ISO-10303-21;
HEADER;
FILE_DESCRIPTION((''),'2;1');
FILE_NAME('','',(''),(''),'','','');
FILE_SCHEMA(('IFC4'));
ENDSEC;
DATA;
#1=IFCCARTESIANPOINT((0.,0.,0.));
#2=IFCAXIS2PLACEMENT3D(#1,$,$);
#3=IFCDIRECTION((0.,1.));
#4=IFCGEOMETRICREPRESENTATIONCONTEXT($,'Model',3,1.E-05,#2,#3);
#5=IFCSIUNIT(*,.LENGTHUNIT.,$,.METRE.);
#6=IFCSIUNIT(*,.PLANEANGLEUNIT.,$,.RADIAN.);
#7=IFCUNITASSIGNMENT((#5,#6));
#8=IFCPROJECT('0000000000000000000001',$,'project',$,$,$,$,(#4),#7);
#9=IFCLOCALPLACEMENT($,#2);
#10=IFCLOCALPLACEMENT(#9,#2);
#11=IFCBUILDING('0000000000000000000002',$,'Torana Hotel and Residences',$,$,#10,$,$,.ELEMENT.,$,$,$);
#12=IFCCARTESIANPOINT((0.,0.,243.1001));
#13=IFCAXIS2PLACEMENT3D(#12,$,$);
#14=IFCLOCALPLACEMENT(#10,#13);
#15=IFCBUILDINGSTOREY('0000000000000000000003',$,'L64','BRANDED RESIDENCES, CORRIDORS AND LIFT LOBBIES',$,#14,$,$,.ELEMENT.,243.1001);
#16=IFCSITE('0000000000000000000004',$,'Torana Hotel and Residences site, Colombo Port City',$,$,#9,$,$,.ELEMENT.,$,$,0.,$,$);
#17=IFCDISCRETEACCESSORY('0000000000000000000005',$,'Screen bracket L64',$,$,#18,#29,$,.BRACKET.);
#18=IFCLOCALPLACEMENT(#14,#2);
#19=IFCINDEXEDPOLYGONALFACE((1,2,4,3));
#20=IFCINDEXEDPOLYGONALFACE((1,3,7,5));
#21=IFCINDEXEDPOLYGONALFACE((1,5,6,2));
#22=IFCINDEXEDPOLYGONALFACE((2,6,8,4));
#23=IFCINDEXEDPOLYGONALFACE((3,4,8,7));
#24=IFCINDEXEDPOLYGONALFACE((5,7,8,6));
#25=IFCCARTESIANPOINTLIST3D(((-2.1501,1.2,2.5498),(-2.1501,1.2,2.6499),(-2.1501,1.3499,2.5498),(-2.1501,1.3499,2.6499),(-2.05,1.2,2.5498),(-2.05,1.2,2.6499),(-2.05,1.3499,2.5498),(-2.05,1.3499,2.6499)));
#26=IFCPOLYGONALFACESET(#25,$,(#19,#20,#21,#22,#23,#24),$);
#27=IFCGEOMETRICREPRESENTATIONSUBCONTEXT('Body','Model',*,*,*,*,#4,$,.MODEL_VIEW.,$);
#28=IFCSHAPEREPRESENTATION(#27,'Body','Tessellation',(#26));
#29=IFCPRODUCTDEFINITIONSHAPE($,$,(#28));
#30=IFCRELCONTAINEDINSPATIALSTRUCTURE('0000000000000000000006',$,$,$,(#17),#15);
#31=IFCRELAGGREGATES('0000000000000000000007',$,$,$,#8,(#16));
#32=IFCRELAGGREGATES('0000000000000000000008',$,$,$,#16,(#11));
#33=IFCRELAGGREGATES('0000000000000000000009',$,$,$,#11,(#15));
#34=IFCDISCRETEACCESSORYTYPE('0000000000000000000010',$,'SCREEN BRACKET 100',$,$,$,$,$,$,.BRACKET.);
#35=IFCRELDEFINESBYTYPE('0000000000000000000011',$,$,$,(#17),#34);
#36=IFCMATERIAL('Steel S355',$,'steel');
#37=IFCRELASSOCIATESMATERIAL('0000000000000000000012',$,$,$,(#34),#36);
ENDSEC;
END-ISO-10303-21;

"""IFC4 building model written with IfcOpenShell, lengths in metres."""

from ifc_helpers import new_model, si_unit, direction, frame, origin, origin_2d, place, context, subcontext, project, spatial, rectangle, extrude, material, type_object, element, save


model = new_model("IFC4")

# Units and contexts
model_context = context("Model", 3, precision=1e-05, world=origin(), true_north=direction((0.0, 1.0)))
body_context = subcontext(model_context, "Body", "Model", "MODEL_VIEW")
ifc_project = project(units=[si_unit("LENGTHUNIT", "METRE"), si_unit("PLANEANGLEUNIT", "RADIAN")], contexts=[model_context])

# Site, building, storey
site_placement = place(None, origin())
site = spatial("IfcSite", under=ifc_project, at=site_placement, Name="Torana Hotel and Residences site, Colombo Port City", CompositionType="ELEMENT", RefElevation=0.0)
building_placement = place(site_placement, origin())
building = spatial("IfcBuilding", under=site, at=building_placement, Name="Torana Hotel and Residences", CompositionType="ELEMENT")
storey_placement = place(building_placement, frame((0.0, 0.0, 243.1001)))
storey = spatial("IfcBuildingStorey", under=building, at=storey_placement, Name="L64", Description="BRANDED RESIDENCES, CORRIDORS AND LIFT LOBBIES", CompositionType="ELEMENT", Elevation=243.1001)

# Discrete accessory
ifc_material_1 = material(Name="Steel S355", Category="steel")
discrete_accessory_type = type_object("IfcDiscreteAccessoryType", Name="SCREEN BRACKET 100", PredefinedType="BRACKET", material=ifc_material_1)
for number, where, z_axis, x_axis, name in (
    (1, (-2.1001, 1.2749, 2.5498), (0.0, 0.0, 1.0), (-1.0, 0.0, 0.0), "Screen bracket L64"),
):
    element("IfcDiscreteAccessory", number, at=place(storey_placement, frame(where, z_axis=z_axis, x_axis=x_axis)), inside=storey, type_object=discrete_accessory_type, Name=name, PredefinedType="BRACKET", context=body_context, shape_type="SweptSolid", body=[
        extrude(rectangle(XDim=0.1001, YDim=0.1499, at=origin_2d()), origin(), (0.0, 0.0, 1.0), 0.1001),
    ])

save(model, "model.ifc")
